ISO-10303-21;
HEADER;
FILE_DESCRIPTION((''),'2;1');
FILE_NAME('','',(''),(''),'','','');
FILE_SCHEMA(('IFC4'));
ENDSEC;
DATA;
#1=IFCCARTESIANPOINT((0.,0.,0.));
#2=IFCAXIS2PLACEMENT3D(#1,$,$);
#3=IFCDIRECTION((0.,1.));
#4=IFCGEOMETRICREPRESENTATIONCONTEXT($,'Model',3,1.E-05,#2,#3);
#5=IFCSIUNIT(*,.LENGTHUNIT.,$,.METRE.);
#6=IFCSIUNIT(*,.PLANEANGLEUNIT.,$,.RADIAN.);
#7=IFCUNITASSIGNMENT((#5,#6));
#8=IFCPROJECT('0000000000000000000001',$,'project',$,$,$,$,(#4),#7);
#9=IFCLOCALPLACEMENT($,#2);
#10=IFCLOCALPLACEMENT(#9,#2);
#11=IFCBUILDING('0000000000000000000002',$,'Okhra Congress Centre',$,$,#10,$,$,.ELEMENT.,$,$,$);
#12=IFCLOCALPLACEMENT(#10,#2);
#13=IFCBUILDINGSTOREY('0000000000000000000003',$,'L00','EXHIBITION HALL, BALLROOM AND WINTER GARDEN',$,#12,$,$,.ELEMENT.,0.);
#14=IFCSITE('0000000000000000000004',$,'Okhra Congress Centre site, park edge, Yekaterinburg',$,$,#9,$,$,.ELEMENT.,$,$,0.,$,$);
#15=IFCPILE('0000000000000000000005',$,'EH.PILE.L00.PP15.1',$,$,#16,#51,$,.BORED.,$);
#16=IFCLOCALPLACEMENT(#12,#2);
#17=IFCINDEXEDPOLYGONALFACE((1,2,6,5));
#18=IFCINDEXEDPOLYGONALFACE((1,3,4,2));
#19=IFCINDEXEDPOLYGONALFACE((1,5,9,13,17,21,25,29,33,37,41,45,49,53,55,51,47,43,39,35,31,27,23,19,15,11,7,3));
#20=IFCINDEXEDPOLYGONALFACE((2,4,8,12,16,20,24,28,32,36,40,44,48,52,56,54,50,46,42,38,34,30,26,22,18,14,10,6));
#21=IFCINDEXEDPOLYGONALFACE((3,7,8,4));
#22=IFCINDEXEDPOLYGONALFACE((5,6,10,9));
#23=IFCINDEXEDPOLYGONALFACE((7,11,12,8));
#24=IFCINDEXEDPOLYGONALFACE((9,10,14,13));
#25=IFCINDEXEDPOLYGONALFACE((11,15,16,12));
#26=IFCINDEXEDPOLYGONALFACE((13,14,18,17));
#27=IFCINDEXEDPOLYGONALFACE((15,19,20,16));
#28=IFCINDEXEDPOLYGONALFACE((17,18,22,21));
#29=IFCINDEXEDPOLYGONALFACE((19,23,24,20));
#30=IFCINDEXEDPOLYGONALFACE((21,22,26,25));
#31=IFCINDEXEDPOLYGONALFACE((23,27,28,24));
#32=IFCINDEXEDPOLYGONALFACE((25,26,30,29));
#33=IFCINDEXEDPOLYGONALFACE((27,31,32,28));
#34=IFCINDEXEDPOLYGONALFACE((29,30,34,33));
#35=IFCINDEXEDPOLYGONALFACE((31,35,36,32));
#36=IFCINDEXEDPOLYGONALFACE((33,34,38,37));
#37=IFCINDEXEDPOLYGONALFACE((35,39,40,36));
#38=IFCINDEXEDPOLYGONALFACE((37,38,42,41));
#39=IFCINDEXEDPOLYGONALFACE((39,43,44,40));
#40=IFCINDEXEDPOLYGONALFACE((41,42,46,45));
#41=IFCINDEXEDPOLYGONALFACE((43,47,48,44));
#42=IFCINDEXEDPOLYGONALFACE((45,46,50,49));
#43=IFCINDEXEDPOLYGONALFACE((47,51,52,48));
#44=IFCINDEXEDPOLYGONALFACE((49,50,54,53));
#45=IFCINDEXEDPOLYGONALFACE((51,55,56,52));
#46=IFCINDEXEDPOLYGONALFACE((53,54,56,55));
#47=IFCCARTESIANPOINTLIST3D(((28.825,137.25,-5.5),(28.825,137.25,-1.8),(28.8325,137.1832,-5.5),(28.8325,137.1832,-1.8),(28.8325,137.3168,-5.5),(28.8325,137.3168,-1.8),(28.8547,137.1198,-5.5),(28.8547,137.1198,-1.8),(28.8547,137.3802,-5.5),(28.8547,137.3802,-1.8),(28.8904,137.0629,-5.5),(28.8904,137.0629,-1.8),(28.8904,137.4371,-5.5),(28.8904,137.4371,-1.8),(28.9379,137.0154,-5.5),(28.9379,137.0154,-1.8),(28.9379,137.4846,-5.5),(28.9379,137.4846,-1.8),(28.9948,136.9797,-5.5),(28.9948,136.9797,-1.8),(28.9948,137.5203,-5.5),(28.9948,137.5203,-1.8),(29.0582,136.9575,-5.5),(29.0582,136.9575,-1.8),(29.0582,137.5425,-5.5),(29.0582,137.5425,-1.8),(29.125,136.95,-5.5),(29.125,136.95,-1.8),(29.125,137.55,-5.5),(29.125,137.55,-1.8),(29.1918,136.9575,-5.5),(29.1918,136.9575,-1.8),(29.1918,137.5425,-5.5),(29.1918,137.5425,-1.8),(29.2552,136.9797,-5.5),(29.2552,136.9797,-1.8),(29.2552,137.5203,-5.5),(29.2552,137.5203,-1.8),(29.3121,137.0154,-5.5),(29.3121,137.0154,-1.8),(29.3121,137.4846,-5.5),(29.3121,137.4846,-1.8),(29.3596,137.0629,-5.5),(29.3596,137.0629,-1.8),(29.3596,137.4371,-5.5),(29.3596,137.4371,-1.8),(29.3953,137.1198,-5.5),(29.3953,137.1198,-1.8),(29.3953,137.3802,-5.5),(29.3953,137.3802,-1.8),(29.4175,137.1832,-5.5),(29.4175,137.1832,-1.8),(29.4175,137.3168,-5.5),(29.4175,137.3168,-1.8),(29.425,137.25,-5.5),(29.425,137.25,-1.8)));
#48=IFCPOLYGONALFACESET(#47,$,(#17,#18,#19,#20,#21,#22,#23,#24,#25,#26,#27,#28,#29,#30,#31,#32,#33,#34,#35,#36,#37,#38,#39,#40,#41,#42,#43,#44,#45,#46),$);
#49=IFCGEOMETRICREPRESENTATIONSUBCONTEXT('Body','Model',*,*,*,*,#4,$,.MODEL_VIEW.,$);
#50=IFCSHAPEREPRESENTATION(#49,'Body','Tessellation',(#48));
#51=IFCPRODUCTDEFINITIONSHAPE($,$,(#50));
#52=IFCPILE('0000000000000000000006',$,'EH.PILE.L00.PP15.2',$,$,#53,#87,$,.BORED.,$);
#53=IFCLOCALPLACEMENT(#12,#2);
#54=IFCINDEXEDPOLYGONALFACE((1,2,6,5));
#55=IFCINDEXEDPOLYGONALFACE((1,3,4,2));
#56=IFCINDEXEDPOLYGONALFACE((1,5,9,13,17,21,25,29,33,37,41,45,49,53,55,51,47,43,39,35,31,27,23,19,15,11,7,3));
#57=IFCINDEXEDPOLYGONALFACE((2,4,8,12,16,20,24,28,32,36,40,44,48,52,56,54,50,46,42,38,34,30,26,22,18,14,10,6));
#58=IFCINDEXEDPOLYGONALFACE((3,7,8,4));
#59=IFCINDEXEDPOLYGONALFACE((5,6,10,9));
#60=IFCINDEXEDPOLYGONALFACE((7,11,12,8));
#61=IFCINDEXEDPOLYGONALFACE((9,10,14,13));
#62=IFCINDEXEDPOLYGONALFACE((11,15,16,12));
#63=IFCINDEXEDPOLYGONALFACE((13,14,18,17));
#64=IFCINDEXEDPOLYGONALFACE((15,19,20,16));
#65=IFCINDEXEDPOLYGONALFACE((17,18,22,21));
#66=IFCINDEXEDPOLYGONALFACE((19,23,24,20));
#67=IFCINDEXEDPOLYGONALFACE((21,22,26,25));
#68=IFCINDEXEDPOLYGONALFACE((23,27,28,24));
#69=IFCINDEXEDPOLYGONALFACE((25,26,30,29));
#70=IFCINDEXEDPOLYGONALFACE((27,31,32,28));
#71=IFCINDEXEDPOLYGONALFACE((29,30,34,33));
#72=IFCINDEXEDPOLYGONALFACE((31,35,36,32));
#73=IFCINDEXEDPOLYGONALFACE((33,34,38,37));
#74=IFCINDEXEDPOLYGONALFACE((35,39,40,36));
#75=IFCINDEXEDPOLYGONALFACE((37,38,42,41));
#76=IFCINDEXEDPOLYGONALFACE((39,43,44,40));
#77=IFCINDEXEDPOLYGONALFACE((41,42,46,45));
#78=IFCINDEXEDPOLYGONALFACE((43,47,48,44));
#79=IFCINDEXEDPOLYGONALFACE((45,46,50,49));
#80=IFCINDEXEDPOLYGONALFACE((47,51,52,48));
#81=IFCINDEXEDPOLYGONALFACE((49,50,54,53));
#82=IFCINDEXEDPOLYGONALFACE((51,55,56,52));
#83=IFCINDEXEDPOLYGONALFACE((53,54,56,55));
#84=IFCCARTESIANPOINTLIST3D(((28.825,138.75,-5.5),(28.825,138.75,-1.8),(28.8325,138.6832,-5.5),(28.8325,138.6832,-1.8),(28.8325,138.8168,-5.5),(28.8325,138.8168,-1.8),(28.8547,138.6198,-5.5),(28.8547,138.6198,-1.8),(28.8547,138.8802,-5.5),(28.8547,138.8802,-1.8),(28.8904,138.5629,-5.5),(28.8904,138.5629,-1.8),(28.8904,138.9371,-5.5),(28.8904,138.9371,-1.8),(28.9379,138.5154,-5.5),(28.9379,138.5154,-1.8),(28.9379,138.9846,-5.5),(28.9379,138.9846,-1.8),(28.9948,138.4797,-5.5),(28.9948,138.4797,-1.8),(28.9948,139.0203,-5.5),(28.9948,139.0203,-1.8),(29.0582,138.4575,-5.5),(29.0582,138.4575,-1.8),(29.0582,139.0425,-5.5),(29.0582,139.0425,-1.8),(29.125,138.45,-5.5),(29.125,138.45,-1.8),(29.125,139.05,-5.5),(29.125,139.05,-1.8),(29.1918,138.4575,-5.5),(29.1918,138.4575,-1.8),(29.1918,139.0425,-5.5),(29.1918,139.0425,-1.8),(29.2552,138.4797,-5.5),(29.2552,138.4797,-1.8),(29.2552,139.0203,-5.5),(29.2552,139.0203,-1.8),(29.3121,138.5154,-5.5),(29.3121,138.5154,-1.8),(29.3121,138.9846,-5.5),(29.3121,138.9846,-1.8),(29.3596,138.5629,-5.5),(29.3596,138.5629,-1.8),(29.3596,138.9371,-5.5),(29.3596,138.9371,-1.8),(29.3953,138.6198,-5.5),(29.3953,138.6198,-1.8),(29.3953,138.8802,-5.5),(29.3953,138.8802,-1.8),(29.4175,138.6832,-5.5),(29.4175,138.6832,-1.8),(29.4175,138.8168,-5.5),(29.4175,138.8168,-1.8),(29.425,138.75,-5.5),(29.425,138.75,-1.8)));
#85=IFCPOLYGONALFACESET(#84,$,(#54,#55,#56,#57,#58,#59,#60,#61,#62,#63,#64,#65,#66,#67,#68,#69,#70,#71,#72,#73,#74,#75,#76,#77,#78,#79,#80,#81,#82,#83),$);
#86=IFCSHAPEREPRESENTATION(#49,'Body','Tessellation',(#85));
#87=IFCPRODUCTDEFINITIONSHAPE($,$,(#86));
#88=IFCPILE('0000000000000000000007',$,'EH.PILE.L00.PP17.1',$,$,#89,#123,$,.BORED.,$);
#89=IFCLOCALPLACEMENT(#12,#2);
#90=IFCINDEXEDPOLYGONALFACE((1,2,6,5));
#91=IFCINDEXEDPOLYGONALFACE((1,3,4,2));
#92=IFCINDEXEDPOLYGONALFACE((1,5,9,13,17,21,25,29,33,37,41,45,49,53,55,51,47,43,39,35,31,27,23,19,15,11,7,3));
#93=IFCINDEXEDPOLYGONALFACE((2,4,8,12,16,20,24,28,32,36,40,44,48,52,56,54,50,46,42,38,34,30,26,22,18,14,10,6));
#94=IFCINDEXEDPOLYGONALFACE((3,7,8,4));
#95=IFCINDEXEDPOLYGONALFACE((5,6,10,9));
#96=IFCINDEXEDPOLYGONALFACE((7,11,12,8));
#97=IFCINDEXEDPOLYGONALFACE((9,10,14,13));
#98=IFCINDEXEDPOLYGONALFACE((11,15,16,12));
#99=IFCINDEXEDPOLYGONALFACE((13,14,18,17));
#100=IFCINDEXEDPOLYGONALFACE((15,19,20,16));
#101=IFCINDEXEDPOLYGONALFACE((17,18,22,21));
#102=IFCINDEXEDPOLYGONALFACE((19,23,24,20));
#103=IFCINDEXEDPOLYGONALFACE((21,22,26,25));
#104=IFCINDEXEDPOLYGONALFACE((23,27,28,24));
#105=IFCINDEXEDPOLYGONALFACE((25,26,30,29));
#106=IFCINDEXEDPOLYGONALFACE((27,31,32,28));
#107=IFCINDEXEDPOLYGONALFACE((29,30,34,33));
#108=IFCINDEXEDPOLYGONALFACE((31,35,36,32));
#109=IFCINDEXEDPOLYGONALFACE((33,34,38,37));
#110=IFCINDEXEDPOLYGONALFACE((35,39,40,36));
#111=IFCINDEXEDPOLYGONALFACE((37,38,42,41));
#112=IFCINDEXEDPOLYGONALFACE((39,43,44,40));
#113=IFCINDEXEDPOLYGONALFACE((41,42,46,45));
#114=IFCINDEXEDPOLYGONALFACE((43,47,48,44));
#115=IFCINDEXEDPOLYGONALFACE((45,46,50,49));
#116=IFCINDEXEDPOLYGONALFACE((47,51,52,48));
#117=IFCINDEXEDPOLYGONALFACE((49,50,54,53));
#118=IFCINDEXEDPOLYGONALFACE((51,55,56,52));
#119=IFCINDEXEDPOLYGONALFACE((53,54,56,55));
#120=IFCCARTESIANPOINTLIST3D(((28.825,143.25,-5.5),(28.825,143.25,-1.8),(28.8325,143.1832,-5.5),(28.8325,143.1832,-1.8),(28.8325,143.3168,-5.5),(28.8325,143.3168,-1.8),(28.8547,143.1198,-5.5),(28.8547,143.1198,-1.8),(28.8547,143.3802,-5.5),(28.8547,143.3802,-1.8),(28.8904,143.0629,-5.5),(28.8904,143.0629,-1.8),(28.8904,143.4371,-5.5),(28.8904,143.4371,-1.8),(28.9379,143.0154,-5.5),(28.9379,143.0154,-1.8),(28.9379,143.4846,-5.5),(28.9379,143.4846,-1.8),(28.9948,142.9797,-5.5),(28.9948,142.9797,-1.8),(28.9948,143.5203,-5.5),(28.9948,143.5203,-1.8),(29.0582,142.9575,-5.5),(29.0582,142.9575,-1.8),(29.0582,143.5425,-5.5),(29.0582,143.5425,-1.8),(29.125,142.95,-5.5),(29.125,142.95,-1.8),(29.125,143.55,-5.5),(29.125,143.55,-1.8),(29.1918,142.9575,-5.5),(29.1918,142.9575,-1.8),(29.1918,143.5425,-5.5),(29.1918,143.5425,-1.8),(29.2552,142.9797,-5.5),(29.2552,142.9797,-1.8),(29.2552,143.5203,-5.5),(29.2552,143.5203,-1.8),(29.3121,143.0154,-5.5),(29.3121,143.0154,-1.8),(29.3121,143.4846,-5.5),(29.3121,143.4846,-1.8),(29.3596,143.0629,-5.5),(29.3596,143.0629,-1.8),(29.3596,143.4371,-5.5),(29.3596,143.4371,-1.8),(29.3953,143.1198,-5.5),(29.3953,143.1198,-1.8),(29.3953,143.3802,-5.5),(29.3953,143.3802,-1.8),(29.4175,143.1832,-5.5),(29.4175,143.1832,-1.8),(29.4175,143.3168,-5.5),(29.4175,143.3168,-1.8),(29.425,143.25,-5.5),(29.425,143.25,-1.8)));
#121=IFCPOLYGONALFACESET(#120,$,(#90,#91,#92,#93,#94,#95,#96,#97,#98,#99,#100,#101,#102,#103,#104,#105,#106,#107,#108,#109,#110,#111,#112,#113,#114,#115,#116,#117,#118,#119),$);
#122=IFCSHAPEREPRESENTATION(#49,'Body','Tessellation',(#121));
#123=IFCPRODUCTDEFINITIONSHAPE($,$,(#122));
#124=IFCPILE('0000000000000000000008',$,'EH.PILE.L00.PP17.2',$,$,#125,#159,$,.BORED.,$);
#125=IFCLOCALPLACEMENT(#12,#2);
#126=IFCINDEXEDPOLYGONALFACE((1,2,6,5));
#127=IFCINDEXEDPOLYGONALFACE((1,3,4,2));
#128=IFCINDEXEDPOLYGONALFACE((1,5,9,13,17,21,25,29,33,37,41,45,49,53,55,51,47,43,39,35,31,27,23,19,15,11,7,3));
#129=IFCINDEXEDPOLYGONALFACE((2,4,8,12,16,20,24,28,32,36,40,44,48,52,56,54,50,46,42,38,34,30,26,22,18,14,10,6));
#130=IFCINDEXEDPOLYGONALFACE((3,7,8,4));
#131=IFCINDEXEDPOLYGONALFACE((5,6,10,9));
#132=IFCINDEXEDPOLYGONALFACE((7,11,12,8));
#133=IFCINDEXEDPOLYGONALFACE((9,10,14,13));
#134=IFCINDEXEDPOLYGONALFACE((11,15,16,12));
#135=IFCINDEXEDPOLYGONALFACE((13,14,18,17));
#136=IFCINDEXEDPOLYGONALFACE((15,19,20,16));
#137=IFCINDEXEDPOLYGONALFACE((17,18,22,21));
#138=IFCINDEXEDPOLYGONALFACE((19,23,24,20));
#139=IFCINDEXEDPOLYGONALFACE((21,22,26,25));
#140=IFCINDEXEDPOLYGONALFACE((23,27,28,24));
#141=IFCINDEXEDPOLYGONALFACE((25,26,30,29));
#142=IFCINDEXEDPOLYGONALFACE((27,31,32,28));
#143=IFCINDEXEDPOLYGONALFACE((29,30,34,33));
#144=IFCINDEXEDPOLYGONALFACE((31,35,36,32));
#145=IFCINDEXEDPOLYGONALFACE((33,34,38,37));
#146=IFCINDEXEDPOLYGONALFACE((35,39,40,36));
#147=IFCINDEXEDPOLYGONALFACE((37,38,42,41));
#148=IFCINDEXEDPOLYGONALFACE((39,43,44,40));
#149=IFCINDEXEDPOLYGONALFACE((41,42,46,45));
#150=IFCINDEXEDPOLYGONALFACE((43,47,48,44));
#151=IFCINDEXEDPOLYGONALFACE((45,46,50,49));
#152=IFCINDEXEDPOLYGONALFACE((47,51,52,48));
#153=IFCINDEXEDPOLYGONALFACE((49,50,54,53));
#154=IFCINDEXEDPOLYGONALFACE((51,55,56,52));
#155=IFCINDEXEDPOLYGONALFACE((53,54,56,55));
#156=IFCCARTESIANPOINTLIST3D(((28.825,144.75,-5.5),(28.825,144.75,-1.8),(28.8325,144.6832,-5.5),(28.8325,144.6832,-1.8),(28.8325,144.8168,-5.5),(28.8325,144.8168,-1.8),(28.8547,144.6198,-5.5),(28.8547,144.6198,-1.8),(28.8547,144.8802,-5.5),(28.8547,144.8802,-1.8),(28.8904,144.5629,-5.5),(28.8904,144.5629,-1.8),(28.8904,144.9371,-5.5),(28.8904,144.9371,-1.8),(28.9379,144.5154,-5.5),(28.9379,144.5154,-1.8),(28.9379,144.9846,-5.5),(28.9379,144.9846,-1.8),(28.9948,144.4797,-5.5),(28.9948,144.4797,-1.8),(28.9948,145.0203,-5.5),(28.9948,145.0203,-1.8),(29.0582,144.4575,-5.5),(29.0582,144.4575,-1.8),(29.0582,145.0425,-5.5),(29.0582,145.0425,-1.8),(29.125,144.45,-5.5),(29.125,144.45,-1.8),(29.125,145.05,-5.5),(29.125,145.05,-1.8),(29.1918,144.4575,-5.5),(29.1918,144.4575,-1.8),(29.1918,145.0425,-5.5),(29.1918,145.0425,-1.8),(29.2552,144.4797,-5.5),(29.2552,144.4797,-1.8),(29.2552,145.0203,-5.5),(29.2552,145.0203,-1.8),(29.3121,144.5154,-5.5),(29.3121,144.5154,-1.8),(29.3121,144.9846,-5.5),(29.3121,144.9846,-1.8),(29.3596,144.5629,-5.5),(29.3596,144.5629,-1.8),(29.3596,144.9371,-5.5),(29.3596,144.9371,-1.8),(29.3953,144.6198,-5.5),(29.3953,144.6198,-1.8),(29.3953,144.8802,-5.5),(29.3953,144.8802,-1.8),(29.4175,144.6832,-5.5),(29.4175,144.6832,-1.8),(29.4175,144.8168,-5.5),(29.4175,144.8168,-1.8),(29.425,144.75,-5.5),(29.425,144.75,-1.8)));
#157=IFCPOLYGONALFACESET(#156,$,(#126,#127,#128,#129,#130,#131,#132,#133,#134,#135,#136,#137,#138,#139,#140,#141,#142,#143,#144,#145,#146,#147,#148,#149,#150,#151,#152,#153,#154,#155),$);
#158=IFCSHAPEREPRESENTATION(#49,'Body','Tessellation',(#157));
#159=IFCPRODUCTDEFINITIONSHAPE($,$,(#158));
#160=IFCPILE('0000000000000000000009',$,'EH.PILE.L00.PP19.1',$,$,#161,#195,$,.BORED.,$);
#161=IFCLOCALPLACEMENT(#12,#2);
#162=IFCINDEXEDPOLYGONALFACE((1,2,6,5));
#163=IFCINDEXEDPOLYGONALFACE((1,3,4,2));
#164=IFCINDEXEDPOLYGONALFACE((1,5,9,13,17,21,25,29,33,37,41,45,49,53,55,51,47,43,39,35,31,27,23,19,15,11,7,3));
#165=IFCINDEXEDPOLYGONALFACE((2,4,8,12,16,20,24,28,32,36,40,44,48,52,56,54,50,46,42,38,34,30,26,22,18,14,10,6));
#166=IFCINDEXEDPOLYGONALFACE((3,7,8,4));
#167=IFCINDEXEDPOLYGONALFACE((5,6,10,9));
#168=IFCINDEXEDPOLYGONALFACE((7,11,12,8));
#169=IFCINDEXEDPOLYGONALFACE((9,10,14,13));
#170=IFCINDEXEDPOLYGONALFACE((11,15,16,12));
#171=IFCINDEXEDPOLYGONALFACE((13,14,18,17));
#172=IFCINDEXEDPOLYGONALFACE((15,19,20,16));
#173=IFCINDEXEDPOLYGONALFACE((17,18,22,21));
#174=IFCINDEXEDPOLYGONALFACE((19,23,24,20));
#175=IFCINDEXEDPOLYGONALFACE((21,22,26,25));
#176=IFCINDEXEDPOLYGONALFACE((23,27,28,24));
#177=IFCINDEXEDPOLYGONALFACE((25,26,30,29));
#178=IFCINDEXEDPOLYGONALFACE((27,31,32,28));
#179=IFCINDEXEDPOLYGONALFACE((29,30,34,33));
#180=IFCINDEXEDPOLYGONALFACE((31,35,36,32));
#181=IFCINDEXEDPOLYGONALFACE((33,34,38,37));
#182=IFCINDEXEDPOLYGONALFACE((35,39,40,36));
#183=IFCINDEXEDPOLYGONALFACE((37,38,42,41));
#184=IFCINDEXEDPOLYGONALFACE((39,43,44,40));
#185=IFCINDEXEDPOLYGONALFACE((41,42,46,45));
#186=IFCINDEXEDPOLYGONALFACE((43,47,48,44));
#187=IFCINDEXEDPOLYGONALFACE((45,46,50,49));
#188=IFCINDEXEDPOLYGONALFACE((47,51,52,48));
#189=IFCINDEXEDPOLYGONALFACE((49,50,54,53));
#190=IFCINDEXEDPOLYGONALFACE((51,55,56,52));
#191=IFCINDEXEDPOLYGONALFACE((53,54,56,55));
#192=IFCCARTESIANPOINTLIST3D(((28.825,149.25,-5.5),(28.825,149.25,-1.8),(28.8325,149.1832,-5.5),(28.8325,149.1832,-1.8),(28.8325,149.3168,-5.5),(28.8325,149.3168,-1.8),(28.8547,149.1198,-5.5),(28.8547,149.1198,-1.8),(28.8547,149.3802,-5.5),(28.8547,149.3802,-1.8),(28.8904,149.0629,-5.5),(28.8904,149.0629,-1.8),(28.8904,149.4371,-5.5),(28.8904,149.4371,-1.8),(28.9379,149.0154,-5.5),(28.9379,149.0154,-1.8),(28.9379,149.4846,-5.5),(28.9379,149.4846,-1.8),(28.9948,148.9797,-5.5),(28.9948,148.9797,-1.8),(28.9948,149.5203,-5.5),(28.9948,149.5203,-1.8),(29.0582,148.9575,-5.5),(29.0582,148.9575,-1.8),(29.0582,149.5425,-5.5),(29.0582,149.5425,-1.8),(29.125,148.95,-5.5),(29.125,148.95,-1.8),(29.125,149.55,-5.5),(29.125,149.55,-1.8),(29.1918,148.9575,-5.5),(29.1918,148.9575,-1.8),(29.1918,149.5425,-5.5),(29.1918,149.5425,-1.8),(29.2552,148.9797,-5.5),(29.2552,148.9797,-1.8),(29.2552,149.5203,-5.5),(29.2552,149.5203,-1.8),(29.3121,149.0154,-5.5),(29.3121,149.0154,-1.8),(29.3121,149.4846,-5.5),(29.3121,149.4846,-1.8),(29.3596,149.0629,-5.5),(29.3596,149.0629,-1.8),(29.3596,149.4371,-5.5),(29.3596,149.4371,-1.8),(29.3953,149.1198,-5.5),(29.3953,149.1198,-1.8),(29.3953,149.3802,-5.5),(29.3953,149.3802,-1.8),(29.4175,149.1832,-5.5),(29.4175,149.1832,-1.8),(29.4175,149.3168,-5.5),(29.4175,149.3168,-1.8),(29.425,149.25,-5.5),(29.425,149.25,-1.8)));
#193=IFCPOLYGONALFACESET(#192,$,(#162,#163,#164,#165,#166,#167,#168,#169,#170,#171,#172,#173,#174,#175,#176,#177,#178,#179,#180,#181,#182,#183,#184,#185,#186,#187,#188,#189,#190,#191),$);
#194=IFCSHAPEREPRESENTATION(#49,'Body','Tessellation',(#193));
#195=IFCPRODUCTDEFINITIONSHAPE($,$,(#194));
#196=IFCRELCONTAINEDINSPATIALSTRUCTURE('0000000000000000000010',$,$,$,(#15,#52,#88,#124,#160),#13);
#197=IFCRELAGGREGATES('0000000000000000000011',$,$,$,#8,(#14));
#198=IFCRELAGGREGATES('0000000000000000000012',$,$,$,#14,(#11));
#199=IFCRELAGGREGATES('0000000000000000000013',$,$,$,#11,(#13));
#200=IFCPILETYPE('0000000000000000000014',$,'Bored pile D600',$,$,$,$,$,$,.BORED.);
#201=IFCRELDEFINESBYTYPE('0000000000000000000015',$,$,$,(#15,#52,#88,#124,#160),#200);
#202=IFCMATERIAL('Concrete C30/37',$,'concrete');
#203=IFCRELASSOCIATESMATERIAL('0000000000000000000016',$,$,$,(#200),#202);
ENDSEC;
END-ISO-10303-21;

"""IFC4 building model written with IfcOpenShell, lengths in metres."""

from ifc_helpers import new_model, si_unit, direction, frame, origin, origin_2d, place, context, subcontext, project, spatial, circle, extrude, material, material_profile, profile_set, type_object, element, save


model = new_model("IFC4")

# Units and contexts
model_context = context("Model", 3, precision=1e-05, world=origin(), true_north=direction((0.0, 1.0)))
body_context = subcontext(model_context, "Body", "Model", "MODEL_VIEW")
ifc_project = project(units=[si_unit("LENGTHUNIT", "METRE"), si_unit("PLANEANGLEUNIT", "RADIAN")], contexts=[model_context])

# Site, building, storey
site_placement = place(None, origin())
site = spatial("IfcSite", under=ifc_project, at=site_placement, Name="Okhra Congress Centre site, park edge, Yekaterinburg", CompositionType="ELEMENT", RefElevation=0.0)
building_placement = place(site_placement, origin())
building = spatial("IfcBuilding", under=site, at=building_placement, Name="Okhra Congress Centre", CompositionType="ELEMENT")
storey_placement = place(building_placement, origin())
storey = spatial("IfcBuildingStorey", under=building, at=storey_placement, Name="L00", Description="EXHIBITION HALL, BALLROOM AND WINTER GARDEN", CompositionType="ELEMENT", Elevation=0.0)

# Piles
ifc_material_1 = material(Name="Concrete C30/37", Category="concrete")
ifc_material_profile_1 = material_profile(ifc_material_1, circle(Radius=0.3, at=origin_2d()), Name="D600")
ifc_profile_set_1 = profile_set([ifc_material_profile_1], Name="Concrete C30/37")
pile_type_1 = type_object("IfcPileType", Name="Bored pile D600", PredefinedType="BORED", material=ifc_profile_set_1)
for number, where, z_axis, x_axis, name in (
    (1, (29.125, 137.25, -1.8), (0.0, 0.0, -1.0), (1.0, 0.0, 0.0), "EH.PILE.L00.PP15.1"),
    (2, (29.125, 138.75, -1.8), (0.0, 0.0, -1.0), (1.0, 0.0, 0.0), "EH.PILE.L00.PP15.2"),
    (3, (29.125, 143.25, -1.8), (0.0, 0.0, -1.0), (1.0, 0.0, 0.0), "EH.PILE.L00.PP17.1"),
    (4, (29.125, 144.75, -1.8), (0.0, 0.0, -1.0), (1.0, 0.0, 0.0), "EH.PILE.L00.PP17.2"),
    (5, (29.125, 149.25, -1.8), (0.0, 0.0, -1.0), (1.0, 0.0, 0.0), "EH.PILE.L00.PP19.1"),
):
    element("IfcPile", number, at=place(storey_placement, frame(where, z_axis=z_axis, x_axis=x_axis)), inside=storey, type_object=pile_type_1, Name=name, PredefinedType="BORED", context=body_context, shape_type="SweptSolid", body=[
        extrude(circle(Radius=0.3, at=origin_2d()), origin(), (0.0, 0.0, 1.0), 3.7),
    ])

save(model, "model.ifc")
